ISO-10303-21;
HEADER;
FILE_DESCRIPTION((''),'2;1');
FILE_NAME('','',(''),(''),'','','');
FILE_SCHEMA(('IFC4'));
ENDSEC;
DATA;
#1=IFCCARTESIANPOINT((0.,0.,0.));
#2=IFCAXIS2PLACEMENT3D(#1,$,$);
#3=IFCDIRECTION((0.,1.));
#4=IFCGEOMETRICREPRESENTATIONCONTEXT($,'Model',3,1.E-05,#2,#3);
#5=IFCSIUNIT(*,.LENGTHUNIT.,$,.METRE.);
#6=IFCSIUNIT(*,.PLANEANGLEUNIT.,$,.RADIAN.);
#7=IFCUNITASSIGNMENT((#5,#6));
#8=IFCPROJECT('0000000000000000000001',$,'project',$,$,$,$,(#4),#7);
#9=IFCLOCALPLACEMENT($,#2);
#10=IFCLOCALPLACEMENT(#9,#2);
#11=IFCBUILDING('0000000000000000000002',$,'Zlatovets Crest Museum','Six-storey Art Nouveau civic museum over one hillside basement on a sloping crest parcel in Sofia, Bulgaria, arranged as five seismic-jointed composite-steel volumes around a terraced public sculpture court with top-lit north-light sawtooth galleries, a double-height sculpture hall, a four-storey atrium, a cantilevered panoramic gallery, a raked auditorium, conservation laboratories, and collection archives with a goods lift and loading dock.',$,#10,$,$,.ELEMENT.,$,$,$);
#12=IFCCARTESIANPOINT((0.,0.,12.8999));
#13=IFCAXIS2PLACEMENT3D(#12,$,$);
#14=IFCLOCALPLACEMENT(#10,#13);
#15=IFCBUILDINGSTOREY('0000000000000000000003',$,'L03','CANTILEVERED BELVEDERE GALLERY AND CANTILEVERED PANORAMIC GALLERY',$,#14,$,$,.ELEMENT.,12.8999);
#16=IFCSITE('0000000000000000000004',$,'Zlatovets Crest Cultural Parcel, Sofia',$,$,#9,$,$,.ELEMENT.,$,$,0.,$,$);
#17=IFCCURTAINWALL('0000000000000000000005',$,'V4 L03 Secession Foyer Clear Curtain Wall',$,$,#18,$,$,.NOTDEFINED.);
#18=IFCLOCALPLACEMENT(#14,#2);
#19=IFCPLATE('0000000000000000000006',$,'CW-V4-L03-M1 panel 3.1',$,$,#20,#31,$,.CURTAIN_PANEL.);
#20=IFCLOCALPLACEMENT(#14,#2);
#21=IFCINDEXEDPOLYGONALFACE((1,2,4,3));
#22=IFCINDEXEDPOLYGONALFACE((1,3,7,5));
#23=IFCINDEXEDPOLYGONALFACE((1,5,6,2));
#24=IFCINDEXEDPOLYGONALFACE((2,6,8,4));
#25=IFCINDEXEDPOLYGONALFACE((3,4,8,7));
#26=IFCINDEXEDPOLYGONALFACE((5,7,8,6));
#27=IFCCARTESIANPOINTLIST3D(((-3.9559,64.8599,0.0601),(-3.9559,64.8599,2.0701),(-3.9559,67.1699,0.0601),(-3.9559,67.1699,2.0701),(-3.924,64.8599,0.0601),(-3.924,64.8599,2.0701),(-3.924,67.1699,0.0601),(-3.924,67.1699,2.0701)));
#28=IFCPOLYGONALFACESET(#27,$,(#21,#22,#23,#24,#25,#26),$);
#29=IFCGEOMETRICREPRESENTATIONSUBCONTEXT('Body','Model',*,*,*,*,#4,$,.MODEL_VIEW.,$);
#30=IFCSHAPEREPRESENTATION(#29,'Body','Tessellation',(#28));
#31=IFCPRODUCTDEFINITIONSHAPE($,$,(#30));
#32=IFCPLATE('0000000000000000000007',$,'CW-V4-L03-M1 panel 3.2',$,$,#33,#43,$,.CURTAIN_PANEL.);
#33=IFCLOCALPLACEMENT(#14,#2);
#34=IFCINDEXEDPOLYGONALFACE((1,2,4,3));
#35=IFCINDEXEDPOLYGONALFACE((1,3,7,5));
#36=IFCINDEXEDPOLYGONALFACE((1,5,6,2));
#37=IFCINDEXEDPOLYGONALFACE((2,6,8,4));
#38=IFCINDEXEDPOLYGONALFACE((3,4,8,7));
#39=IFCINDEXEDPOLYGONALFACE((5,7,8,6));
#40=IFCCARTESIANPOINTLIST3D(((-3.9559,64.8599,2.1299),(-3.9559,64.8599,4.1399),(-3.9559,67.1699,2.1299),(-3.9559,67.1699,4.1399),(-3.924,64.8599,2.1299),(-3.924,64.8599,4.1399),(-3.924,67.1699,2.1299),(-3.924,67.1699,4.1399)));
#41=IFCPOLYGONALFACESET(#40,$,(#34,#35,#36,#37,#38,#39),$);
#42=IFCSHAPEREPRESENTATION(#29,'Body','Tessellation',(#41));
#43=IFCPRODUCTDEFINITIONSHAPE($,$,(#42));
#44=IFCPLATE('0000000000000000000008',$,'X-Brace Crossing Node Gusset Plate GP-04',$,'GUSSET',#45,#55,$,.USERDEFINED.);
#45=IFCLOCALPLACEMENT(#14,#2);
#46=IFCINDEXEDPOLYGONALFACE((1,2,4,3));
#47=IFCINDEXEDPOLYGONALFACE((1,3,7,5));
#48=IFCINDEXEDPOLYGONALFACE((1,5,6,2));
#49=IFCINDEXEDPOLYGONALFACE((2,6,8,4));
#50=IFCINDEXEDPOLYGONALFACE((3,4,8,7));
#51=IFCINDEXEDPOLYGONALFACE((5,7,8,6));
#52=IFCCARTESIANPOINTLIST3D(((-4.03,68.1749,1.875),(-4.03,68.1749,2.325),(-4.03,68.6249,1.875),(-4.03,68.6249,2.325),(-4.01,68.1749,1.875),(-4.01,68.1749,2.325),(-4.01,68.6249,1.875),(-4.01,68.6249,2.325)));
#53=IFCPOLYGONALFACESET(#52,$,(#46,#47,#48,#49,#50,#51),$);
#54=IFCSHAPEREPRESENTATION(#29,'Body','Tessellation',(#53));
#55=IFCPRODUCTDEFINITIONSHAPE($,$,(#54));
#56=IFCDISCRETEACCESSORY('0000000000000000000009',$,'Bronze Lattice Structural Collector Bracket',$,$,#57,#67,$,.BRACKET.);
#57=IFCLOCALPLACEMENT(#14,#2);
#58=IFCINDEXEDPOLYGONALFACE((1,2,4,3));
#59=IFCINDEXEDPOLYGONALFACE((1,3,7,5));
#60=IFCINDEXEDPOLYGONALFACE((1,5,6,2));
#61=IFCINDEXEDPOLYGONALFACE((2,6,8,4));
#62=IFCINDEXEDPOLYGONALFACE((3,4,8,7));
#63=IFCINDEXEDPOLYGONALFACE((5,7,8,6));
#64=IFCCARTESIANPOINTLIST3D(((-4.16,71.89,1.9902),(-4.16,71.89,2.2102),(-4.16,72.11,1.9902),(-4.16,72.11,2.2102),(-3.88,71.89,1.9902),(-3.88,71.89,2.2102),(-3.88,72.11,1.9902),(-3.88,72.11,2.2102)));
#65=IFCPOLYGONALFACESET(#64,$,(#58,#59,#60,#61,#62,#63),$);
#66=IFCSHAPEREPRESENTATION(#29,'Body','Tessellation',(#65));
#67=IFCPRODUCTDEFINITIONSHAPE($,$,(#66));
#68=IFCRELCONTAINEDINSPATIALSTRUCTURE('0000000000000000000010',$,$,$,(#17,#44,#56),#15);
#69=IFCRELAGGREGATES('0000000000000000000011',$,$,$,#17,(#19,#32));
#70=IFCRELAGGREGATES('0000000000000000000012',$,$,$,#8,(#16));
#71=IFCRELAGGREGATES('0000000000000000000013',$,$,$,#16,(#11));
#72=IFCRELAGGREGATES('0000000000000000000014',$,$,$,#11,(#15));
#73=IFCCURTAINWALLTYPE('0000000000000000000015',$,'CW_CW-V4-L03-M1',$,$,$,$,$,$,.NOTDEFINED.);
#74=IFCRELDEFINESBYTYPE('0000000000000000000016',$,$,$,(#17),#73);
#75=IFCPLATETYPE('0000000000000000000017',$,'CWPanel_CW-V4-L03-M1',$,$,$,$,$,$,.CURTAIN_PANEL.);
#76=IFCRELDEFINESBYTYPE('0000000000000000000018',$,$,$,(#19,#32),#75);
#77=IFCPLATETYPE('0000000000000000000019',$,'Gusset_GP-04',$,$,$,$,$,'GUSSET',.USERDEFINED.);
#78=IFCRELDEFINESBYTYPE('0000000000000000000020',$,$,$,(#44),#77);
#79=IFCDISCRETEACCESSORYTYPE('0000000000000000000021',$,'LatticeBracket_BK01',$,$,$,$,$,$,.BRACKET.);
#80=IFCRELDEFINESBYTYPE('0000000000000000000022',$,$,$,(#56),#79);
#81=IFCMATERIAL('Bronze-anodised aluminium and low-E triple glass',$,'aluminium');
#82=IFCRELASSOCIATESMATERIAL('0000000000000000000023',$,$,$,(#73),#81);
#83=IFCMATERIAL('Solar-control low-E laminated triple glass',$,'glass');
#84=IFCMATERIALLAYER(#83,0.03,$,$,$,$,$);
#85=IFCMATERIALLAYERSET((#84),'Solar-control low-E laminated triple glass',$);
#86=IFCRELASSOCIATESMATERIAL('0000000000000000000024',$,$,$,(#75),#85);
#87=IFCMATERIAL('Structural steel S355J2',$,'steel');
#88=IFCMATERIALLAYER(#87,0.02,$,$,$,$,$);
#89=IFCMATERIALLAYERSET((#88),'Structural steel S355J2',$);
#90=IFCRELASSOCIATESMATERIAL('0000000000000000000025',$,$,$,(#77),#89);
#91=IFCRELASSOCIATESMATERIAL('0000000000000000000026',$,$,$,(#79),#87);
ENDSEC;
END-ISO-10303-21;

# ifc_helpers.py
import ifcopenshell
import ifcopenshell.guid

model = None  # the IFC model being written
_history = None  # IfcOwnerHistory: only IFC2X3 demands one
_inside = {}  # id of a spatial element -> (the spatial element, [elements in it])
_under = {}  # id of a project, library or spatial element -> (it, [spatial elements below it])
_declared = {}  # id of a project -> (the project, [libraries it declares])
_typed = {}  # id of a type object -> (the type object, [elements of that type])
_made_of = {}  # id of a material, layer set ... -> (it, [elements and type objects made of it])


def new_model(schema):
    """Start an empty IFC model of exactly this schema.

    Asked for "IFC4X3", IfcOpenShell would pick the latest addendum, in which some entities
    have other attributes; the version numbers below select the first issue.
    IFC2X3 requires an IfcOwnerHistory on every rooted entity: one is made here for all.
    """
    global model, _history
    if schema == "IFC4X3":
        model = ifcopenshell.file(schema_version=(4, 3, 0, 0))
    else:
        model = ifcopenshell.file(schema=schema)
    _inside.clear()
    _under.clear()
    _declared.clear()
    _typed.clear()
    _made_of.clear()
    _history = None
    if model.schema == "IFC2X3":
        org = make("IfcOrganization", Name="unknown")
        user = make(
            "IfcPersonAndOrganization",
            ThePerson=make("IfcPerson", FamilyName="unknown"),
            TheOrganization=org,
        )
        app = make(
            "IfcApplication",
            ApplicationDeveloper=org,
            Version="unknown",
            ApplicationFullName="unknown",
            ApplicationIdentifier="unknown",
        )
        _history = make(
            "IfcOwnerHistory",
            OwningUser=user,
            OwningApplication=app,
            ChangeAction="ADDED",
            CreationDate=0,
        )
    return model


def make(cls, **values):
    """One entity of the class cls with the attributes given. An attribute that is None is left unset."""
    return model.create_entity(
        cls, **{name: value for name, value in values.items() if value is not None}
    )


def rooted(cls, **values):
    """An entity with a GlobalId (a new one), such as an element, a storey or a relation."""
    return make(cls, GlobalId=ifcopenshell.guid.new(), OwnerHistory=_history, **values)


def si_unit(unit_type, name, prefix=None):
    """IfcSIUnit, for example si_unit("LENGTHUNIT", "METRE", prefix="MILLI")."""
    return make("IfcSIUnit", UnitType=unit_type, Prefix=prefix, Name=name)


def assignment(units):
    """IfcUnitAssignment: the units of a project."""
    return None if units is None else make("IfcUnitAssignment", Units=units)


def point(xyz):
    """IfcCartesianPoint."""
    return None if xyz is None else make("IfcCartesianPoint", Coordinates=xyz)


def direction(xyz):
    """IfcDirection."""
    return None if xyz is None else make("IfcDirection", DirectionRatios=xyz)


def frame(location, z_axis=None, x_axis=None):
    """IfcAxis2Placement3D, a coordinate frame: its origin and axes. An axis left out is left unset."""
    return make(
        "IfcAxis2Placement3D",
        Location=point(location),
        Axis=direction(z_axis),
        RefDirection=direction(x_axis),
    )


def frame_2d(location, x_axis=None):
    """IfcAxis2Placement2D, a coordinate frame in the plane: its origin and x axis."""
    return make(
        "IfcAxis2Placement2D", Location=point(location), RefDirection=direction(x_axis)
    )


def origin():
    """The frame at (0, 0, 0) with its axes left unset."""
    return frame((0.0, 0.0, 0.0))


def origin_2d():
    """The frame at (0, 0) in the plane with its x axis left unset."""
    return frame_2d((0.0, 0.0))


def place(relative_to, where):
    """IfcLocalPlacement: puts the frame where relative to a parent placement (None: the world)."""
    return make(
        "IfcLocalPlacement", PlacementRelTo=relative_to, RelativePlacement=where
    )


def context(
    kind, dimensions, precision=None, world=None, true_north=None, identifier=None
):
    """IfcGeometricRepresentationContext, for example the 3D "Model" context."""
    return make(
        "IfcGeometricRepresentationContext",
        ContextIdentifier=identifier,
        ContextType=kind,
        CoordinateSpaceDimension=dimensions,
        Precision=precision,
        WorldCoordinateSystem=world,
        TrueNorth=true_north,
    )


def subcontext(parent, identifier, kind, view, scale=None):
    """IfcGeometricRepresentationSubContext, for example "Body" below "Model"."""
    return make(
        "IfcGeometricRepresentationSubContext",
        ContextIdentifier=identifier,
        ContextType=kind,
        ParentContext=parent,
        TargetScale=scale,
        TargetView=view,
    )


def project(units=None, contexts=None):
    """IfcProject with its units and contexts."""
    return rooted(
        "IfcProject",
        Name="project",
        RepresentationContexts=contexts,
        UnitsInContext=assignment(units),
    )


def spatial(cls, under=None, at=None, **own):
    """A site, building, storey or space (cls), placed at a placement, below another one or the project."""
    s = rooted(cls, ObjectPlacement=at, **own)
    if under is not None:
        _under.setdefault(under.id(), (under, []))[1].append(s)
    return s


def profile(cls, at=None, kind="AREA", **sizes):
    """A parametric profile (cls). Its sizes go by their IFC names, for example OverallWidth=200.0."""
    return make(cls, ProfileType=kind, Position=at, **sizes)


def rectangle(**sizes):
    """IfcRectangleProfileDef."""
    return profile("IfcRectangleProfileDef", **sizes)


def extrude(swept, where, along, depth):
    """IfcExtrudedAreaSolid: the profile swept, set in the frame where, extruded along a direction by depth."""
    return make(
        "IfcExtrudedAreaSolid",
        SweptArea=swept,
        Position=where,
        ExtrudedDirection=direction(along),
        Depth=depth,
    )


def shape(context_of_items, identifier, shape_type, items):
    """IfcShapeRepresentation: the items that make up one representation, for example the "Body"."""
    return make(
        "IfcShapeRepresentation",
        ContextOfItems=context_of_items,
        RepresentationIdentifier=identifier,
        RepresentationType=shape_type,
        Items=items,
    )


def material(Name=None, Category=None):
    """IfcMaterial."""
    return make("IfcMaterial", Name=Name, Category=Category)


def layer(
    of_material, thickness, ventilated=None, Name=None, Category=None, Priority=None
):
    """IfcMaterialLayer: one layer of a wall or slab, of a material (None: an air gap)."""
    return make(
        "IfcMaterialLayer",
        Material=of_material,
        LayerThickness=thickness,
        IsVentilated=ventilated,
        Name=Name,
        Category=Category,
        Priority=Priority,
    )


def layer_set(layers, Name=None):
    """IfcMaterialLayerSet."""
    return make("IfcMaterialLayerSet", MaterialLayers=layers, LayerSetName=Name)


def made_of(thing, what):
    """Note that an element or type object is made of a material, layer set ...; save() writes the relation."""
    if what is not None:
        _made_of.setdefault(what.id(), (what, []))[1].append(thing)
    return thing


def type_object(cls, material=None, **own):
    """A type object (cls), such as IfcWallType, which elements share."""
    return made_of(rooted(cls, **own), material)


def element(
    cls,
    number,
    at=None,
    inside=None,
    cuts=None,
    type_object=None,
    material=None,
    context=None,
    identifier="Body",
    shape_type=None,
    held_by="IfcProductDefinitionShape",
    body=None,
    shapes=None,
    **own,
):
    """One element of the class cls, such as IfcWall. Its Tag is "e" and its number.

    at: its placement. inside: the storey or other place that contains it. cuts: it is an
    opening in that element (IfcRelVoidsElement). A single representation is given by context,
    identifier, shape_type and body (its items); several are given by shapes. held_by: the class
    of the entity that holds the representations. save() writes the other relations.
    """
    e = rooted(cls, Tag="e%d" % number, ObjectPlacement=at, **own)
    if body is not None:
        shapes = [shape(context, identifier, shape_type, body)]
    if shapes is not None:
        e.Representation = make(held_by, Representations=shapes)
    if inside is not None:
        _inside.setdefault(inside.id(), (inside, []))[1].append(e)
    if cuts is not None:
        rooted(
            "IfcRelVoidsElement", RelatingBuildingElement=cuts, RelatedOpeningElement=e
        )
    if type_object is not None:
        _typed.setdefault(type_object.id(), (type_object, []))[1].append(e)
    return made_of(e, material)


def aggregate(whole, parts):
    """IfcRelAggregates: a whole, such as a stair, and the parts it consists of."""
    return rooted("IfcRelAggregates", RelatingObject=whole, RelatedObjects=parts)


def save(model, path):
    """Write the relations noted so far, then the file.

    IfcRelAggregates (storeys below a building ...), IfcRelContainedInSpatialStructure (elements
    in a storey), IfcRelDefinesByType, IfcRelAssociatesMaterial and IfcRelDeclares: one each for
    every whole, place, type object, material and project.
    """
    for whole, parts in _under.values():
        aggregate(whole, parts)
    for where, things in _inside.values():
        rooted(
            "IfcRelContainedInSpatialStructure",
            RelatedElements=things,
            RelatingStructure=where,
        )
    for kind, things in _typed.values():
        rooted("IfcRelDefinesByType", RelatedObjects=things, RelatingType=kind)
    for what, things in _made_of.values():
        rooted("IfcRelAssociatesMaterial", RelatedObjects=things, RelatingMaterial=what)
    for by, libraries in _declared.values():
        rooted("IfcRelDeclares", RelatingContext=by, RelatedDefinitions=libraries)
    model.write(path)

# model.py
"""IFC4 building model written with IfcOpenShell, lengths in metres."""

from ifc_helpers import new_model, si_unit, direction, frame, origin, origin_2d, place, context, subcontext, project, spatial, rectangle, extrude, material, layer, layer_set, type_object, element, aggregate, save


model = new_model("IFC4")

# Units and contexts
model_context = context("Model", 3, precision=1e-05, world=origin(), true_north=direction((0.0, 1.0)))
body_context = subcontext(model_context, "Body", "Model", "MODEL_VIEW")
ifc_project = project(units=[si_unit("LENGTHUNIT", "METRE"), si_unit("PLANEANGLEUNIT", "RADIAN")], contexts=[model_context])

# Site, building, storey
site_placement = place(None, origin())
site = spatial("IfcSite", under=ifc_project, at=site_placement, Name="Zlatovets Crest Cultural Parcel, Sofia", CompositionType="ELEMENT", RefElevation=0.0)
building_placement = place(site_placement, origin())
building = spatial("IfcBuilding", under=site, at=building_placement, Name="Zlatovets Crest Museum", Description="Six-storey Art Nouveau civic museum over one hillside basement on a sloping crest parcel in Sofia, Bulgaria, arranged as five seismic-jointed composite-steel volumes around a terraced public sculpture court with top-lit north-light sawtooth galleries, a double-height sculpture hall, a four-storey atrium, a cantilevered panoramic gallery, a raked auditorium, conservation laboratories, and collection archives with a goods lift and loading dock.", CompositionType="ELEMENT")
storey_placement = place(building_placement, frame((0.0, 0.0, 12.8999)))
storey = spatial("IfcBuildingStorey", under=building, at=storey_placement, Name="L03", Description="CANTILEVERED BELVEDERE GALLERY AND CANTILEVERED PANORAMIC GALLERY", CompositionType="ELEMENT", Elevation=12.8999)

# Curtain wall
ifc_material_1 = material(Name="Bronze-anodised aluminium and low-E triple glass", Category="aluminium")
curtain_wall_type = type_object("IfcCurtainWallType", Name="CW_CW-V4-L03-M1", PredefinedType="NOTDEFINED", material=ifc_material_1)
curtain_wall_placement = place(storey_placement, origin())
curtain_wall = element("IfcCurtainWall", 1, at=curtain_wall_placement, inside=storey, type_object=curtain_wall_type, Name="V4 L03 Secession Foyer Clear Curtain Wall", PredefinedType="NOTDEFINED")

# Plates
ifc_material_2 = material(Name="Solar-control low-E laminated triple glass", Category="glass")
ifc_layer_1 = layer(ifc_material_2, 0.03)
ifc_layer_set_1 = layer_set([ifc_layer_1], Name="Solar-control low-E laminated triple glass")
plate_type_1 = type_object("IfcPlateType", Name="CWPanel_CW-V4-L03-M1", PredefinedType="CURTAIN_PANEL", material=ifc_layer_set_1)
plate_1_placement = place(storey_placement, frame((-3.9399, 66.0149, 0.0601), z_axis=(0.0, 0.0, 1.0), x_axis=(0.0, -1.0, 0.0)))
plate_1 = element("IfcPlate", 2, at=plate_1_placement, type_object=plate_type_1, Name="CW-V4-L03-M1 panel 3.1", PredefinedType="CURTAIN_PANEL", context=body_context, shape_type="SweptSolid", body=[
    extrude(rectangle(XDim=2.3101, YDim=0.032, at=origin_2d()), origin(), (0.0, 0.0, 1.0), 2.01),
])
plate_2_placement = place(storey_placement, frame((-3.9399, 66.0149, 2.1299), z_axis=(0.0, 0.0, 1.0), x_axis=(0.0, -1.0, 0.0)))
plate_2 = element("IfcPlate", 3, at=plate_2_placement, type_object=plate_type_1, Name="CW-V4-L03-M1 panel 3.2", PredefinedType="CURTAIN_PANEL", context=body_context, shape_type="SweptSolid", body=[
    extrude(rectangle(XDim=2.3101, YDim=0.032, at=origin_2d()), origin(), (0.0, 0.0, 1.0), 2.01),
])
aggregate(curtain_wall, [plate_1, plate_2])
ifc_material_3 = material(Name="Structural steel S355J2", Category="steel")
ifc_layer_2 = layer(ifc_material_3, 0.02)
ifc_layer_set_2 = layer_set([ifc_layer_2], Name="Structural steel S355J2")
plate_type_2 = type_object("IfcPlateType", Name="Gusset_GP-04", ElementType="GUSSET", PredefinedType="USERDEFINED", material=ifc_layer_set_2)
plate_3_placement = place(storey_placement, frame((-4.02, 68.3999, 1.875), z_axis=(0.0, 0.0, 1.0), x_axis=(1.0, 0.0, 0.0)))
element("IfcPlate", 4, at=plate_3_placement, inside=storey, type_object=plate_type_2, Name="X-Brace Crossing Node Gusset Plate GP-04", ObjectType="GUSSET", PredefinedType="USERDEFINED", context=body_context, shape_type="SweptSolid", body=[
    extrude(rectangle(XDim=0.02, YDim=0.45, at=origin_2d()), origin(), (0.0, 0.0, 1.0), 0.45),
])

# Discrete accessory
discrete_accessory_type = type_object("IfcDiscreteAccessoryType", Name="LatticeBracket_BK01", PredefinedType="BRACKET", material=ifc_material_3)
discrete_accessory_placement = place(storey_placement, frame((-4.02, 72.0, 1.9902), z_axis=(0.0, 0.0, 1.0), x_axis=(1.0, 0.0, 0.0)))
element("IfcDiscreteAccessory", 5, at=discrete_accessory_placement, inside=storey, type_object=discrete_accessory_type, Name="Bronze Lattice Structural Collector Bracket", PredefinedType="BRACKET", context=body_context, shape_type="SweptSolid", body=[
    extrude(rectangle(XDim=0.28, YDim=0.22, at=origin_2d()), origin(), (0.0, 0.0, 1.0), 0.22),
])

save(model, "model.ifc")
